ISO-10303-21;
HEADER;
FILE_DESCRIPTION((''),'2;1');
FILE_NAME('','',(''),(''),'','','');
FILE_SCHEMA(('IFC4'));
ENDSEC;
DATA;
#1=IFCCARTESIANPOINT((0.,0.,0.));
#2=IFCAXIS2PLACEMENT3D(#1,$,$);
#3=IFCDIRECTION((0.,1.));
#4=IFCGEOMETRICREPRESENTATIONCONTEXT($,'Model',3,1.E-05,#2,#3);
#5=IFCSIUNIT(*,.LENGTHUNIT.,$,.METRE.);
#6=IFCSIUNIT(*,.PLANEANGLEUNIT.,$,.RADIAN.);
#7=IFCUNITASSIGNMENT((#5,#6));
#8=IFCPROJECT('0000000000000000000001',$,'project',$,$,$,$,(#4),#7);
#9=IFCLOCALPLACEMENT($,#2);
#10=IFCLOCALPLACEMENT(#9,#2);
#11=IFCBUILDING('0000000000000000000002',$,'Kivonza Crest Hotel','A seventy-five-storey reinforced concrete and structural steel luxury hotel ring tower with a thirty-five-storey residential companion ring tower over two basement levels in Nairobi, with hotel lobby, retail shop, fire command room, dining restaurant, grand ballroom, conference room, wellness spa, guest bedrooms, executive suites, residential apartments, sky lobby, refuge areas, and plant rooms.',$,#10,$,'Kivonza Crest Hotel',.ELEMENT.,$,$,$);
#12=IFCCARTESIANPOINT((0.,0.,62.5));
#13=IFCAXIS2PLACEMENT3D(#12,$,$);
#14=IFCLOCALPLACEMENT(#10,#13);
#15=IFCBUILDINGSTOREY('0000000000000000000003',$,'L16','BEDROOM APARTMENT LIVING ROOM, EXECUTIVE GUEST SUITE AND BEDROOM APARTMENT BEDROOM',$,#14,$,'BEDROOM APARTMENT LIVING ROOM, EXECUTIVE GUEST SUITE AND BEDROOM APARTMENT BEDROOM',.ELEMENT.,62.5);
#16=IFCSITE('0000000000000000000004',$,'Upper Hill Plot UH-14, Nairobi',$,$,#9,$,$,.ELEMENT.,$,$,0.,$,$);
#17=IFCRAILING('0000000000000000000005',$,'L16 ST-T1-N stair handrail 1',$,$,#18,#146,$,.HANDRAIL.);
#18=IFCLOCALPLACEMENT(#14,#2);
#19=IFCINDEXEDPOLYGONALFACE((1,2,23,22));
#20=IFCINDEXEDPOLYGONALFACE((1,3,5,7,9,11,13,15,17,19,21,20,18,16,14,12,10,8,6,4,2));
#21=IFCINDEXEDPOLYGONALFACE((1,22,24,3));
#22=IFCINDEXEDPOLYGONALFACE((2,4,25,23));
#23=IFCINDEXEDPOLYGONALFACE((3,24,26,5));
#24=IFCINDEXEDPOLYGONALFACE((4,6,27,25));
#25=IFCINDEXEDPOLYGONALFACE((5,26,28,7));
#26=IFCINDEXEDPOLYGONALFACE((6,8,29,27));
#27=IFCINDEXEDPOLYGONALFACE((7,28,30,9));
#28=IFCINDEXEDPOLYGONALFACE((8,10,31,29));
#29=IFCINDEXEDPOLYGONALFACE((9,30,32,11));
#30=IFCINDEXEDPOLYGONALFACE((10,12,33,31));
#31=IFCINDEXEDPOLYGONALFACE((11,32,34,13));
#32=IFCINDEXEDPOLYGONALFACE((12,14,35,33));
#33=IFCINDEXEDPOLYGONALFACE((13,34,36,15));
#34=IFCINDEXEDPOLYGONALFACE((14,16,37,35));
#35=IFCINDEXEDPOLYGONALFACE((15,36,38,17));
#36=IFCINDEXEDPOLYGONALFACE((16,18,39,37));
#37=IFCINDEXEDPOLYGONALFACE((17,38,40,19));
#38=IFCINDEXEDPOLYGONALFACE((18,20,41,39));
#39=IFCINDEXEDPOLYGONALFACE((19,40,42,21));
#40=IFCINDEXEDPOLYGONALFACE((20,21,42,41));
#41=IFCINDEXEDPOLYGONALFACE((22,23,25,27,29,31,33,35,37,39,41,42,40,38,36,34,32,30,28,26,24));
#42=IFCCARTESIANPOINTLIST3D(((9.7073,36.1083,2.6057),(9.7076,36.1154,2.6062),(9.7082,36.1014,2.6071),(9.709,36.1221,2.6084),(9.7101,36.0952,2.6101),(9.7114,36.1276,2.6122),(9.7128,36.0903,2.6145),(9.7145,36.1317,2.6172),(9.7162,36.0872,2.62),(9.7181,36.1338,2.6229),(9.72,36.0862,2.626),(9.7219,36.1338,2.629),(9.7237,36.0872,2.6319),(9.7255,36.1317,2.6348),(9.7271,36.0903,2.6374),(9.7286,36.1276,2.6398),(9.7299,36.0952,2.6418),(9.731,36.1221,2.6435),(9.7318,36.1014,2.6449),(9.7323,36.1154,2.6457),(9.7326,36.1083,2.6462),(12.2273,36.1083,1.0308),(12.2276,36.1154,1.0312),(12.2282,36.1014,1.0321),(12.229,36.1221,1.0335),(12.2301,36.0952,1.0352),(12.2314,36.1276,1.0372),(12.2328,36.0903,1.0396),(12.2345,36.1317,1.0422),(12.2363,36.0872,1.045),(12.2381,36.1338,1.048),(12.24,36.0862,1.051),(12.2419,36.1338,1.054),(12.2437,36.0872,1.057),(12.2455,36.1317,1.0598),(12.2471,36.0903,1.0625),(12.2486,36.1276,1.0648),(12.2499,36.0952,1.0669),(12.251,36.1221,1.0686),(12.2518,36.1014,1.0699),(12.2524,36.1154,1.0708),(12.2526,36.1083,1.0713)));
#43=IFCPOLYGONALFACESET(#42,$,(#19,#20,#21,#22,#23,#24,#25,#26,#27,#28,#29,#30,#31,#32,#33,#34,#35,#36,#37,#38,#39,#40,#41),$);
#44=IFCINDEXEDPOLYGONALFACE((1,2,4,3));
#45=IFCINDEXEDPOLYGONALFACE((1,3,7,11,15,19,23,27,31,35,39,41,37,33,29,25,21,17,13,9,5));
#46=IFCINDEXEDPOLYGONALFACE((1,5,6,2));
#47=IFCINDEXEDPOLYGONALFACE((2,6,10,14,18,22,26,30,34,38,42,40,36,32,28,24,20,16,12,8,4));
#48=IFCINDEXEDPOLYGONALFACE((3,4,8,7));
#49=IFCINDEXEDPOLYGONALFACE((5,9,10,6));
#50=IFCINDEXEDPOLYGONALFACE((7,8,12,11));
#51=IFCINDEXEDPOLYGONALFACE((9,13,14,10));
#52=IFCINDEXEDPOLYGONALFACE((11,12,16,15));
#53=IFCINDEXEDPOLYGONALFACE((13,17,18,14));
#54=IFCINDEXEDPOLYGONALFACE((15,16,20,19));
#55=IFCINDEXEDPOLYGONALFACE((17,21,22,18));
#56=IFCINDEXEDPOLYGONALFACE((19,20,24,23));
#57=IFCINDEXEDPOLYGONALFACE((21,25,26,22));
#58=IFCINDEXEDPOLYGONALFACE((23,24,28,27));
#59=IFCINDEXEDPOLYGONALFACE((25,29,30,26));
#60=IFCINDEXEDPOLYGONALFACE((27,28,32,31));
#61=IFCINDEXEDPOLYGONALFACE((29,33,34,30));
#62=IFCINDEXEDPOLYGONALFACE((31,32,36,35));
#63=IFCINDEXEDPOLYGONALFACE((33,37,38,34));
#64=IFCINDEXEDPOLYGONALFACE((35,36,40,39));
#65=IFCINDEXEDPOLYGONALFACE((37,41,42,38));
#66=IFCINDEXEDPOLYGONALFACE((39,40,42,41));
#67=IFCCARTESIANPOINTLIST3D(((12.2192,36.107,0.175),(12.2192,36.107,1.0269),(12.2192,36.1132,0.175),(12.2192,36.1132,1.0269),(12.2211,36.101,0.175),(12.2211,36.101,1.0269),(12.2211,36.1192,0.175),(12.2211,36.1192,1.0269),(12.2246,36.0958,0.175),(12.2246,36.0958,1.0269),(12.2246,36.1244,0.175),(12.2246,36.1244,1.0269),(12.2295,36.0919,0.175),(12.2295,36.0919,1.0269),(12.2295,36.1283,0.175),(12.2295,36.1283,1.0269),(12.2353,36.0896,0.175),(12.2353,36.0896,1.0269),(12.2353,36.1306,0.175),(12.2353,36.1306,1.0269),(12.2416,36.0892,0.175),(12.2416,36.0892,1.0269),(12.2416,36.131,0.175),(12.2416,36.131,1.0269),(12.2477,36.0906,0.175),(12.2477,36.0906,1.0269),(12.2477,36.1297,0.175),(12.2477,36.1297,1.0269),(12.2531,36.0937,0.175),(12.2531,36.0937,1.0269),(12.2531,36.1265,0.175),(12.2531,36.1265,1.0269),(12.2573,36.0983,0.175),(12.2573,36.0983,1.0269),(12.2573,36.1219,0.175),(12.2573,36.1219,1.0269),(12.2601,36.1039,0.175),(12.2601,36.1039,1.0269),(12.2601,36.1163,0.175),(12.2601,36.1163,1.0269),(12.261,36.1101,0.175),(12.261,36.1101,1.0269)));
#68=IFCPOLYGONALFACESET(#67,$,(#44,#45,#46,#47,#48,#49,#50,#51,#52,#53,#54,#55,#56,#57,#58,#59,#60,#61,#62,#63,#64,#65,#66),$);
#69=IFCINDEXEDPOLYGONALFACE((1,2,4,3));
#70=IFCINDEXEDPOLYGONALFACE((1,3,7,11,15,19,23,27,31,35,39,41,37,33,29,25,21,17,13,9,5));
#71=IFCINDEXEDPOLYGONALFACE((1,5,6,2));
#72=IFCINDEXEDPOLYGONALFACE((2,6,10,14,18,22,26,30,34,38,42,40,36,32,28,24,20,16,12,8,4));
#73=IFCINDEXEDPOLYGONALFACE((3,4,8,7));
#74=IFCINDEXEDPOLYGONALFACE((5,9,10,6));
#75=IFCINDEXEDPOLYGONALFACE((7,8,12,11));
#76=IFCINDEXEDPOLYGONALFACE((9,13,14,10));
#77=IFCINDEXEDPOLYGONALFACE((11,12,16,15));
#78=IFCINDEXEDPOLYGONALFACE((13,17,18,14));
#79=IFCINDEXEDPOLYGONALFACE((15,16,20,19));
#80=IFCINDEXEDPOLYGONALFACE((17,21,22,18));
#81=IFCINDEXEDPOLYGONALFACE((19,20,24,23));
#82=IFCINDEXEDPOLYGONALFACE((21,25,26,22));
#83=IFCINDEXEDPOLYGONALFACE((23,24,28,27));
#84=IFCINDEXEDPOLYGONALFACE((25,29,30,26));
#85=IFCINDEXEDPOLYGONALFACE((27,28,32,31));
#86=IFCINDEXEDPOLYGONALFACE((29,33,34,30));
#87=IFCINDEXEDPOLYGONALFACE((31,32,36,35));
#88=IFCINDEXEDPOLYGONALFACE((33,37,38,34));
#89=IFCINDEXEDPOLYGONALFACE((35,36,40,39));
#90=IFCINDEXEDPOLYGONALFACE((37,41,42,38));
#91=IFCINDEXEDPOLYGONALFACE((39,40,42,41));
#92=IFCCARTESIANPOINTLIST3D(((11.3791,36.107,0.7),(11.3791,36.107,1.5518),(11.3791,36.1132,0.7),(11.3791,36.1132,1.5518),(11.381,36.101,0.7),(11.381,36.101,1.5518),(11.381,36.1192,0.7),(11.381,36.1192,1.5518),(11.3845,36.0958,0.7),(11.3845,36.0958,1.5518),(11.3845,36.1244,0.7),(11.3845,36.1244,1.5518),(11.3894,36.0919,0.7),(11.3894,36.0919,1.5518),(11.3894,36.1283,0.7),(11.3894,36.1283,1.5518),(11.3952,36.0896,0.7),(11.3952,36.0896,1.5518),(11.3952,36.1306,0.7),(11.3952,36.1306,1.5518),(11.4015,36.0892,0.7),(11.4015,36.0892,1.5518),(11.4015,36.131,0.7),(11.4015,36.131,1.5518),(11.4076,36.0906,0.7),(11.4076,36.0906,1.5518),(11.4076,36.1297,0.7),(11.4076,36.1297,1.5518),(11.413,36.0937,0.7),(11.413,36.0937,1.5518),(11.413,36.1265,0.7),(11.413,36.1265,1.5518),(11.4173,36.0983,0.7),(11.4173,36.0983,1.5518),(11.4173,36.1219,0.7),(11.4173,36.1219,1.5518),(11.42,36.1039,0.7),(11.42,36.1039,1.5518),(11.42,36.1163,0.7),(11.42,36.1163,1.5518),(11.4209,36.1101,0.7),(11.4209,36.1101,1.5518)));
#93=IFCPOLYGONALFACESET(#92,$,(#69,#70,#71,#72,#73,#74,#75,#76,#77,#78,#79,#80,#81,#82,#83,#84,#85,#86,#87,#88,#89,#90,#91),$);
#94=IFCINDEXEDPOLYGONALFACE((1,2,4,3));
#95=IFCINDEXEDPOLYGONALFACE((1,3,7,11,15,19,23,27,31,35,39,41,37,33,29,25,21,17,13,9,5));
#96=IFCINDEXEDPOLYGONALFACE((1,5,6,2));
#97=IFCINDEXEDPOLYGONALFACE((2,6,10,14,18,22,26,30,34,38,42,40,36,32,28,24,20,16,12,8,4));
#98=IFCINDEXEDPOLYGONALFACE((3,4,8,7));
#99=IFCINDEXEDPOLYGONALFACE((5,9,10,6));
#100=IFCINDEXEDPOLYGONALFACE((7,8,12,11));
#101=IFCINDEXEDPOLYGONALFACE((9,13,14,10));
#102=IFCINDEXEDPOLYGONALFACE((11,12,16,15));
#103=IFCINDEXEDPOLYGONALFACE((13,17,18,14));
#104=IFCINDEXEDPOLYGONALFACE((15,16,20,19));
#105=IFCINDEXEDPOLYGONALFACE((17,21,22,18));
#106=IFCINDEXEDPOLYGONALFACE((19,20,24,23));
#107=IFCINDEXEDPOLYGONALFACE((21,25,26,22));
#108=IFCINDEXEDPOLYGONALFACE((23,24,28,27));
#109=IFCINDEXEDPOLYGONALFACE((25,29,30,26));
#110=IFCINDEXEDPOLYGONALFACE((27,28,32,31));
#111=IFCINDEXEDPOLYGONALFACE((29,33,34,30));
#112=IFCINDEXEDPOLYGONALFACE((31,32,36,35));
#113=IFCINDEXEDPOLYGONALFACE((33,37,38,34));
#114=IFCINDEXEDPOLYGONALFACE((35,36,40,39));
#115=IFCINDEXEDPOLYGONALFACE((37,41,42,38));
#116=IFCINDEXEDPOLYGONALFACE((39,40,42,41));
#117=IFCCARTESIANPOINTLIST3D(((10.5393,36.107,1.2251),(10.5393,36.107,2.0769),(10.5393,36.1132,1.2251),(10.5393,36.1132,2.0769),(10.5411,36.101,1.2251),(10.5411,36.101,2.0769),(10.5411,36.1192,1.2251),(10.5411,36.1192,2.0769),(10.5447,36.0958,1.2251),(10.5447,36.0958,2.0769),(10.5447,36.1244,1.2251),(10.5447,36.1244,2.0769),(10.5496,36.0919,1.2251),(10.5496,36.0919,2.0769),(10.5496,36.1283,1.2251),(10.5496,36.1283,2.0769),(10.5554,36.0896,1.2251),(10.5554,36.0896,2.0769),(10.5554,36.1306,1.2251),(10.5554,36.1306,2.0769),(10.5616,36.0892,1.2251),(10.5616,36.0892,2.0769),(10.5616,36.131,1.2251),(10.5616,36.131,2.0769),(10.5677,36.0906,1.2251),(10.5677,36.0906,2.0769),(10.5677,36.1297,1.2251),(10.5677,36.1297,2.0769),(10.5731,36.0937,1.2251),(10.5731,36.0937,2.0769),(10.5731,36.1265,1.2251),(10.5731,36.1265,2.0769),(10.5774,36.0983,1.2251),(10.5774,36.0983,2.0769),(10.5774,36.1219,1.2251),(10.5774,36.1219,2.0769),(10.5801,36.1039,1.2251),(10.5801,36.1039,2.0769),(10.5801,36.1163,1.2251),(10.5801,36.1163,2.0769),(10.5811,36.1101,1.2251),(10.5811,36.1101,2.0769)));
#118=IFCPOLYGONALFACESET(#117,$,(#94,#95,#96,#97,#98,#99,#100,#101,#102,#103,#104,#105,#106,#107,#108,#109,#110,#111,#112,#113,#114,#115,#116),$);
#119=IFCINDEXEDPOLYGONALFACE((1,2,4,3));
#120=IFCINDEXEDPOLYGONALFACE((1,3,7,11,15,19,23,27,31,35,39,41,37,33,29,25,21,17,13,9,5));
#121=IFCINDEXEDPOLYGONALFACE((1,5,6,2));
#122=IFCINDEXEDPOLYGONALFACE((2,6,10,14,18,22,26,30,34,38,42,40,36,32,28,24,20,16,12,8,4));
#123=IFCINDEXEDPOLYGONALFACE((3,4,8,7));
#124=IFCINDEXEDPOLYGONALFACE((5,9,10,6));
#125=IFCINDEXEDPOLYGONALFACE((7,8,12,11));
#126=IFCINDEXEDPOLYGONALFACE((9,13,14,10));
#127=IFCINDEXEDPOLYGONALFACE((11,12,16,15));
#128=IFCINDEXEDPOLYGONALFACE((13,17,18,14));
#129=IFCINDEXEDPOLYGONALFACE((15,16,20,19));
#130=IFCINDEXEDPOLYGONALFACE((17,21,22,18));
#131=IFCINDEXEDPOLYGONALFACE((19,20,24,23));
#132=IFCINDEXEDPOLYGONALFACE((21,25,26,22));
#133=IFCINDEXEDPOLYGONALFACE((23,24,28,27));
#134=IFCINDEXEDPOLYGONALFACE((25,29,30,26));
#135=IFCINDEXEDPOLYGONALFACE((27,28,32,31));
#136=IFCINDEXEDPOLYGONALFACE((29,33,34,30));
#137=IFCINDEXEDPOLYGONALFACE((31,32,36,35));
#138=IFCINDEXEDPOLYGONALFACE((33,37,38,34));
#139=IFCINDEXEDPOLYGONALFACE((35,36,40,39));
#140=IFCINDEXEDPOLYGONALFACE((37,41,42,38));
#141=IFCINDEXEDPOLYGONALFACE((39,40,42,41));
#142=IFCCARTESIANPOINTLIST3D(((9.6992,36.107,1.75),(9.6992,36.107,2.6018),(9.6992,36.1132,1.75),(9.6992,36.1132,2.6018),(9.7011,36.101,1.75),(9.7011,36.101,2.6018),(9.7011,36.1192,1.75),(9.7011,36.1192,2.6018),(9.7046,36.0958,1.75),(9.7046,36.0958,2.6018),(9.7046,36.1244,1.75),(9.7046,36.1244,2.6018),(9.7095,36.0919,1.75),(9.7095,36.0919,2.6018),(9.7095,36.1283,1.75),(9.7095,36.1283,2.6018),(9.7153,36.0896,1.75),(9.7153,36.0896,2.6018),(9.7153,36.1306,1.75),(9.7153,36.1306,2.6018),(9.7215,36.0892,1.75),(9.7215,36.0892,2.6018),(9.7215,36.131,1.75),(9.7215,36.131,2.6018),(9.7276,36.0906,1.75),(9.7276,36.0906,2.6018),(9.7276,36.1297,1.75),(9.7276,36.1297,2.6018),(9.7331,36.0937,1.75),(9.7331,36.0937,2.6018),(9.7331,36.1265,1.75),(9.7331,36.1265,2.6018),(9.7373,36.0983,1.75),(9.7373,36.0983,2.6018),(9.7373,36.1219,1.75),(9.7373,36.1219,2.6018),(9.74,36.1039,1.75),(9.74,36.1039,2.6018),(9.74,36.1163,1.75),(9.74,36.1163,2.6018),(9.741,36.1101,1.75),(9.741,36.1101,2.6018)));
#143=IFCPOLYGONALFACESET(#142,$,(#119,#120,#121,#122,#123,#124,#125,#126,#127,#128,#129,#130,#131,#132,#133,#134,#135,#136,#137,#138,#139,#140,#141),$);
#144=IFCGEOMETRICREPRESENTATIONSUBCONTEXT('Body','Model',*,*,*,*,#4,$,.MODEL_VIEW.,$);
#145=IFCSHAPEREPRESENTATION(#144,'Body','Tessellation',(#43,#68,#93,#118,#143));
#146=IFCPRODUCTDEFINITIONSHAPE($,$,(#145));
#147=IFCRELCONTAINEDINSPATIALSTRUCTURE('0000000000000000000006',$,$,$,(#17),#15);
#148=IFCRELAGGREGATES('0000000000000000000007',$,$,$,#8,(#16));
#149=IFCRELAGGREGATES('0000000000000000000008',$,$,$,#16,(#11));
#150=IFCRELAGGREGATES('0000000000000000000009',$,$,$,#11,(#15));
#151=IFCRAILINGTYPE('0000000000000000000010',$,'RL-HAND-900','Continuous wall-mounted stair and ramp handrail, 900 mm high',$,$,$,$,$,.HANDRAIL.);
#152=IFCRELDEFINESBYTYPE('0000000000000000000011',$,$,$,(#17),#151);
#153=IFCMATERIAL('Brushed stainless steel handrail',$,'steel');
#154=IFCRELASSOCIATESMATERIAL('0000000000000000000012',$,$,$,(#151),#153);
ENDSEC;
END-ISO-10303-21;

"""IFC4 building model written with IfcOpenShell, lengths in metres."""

from ifc_helpers import new_model, si_unit, direction, frame, origin, origin_2d, place, context, subcontext, project, spatial, circle, extrude, material, type_object, element, save


model = new_model("IFC4")

# Units and contexts
model_context = context("Model", 3, precision=1e-05, world=origin(), true_north=direction((0.0, 1.0)))
body_context = subcontext(model_context, "Body", "Model", "MODEL_VIEW")
ifc_project = project(units=[si_unit("LENGTHUNIT", "METRE"), si_unit("PLANEANGLEUNIT", "RADIAN")], contexts=[model_context])

# Site, building, storey
site_placement = place(None, origin())
site = spatial("IfcSite", under=ifc_project, at=site_placement, Name="Upper Hill Plot UH-14, Nairobi", CompositionType="ELEMENT", RefElevation=0.0)
building_placement = place(site_placement, origin())
building = spatial("IfcBuilding", under=site, at=building_placement, Name="Kivonza Crest Hotel", Description="A seventy-five-storey reinforced concrete and structural steel luxury hotel ring tower with a thirty-five-storey residential companion ring tower over two basement levels in Nairobi, with hotel lobby, retail shop, fire command room, dining restaurant, grand ballroom, conference room, wellness spa, guest bedrooms, executive suites, residential apartments, sky lobby, refuge areas, and plant rooms.", LongName="Kivonza Crest Hotel", CompositionType="ELEMENT")
storey_placement = place(building_placement, frame((0.0, 0.0, 62.5)))
storey = spatial("IfcBuildingStorey", under=building, at=storey_placement, Name="L16", Description="BEDROOM APARTMENT LIVING ROOM, EXECUTIVE GUEST SUITE AND BEDROOM APARTMENT BEDROOM", LongName="BEDROOM APARTMENT LIVING ROOM, EXECUTIVE GUEST SUITE AND BEDROOM APARTMENT BEDROOM", CompositionType="ELEMENT", Elevation=62.5)

# Railing
ifc_material_1 = material(Name="Brushed stainless steel handrail", Category="steel")
railing_type_1 = type_object("IfcRailingType", Name="RL-HAND-900", Description="Continuous wall-mounted stair and ramp handrail, 900 mm high", PredefinedType="HANDRAIL", material=ifc_material_1)
railing_1_placement = place(storey_placement, frame((12.24, 36.1101, 0.175)))
element("IfcRailing", 1, at=railing_1_placement, inside=storey, type_object=railing_type_1, Name="L16 ST-T1-N stair handrail 1", PredefinedType="HANDRAIL", context=body_context, shape_type="SweptSolid", body=[
    extrude(circle(Radius=0.0239, at=origin_2d()), frame((0.0, 0.0, 0.876), z_axis=(-0.848008, 0.0, 0.529984), x_axis=(0.0, -1.0, 0.0)), (0.0, 0.0, 1.0), 2.9717),
    extrude(circle(Radius=0.021, at=origin_2d()), origin(), (0.0, 0.0, 1.0), 0.8518),
    extrude(circle(Radius=0.021, at=origin_2d()), frame((-0.8401, 0.0, 0.5249)), (0.0, 0.0, 1.0), 0.8518),
    extrude(circle(Radius=0.021, at=origin_2d()), frame((-1.6799, 0.0, 1.05)), (0.0, 0.0, 1.0), 0.8518),
    extrude(circle(Radius=0.021, at=origin_2d()), frame((-2.52, 0.0, 1.575)), (0.0, 0.0, 1.0), 0.8518),
])

save(model, "model.ifc")
